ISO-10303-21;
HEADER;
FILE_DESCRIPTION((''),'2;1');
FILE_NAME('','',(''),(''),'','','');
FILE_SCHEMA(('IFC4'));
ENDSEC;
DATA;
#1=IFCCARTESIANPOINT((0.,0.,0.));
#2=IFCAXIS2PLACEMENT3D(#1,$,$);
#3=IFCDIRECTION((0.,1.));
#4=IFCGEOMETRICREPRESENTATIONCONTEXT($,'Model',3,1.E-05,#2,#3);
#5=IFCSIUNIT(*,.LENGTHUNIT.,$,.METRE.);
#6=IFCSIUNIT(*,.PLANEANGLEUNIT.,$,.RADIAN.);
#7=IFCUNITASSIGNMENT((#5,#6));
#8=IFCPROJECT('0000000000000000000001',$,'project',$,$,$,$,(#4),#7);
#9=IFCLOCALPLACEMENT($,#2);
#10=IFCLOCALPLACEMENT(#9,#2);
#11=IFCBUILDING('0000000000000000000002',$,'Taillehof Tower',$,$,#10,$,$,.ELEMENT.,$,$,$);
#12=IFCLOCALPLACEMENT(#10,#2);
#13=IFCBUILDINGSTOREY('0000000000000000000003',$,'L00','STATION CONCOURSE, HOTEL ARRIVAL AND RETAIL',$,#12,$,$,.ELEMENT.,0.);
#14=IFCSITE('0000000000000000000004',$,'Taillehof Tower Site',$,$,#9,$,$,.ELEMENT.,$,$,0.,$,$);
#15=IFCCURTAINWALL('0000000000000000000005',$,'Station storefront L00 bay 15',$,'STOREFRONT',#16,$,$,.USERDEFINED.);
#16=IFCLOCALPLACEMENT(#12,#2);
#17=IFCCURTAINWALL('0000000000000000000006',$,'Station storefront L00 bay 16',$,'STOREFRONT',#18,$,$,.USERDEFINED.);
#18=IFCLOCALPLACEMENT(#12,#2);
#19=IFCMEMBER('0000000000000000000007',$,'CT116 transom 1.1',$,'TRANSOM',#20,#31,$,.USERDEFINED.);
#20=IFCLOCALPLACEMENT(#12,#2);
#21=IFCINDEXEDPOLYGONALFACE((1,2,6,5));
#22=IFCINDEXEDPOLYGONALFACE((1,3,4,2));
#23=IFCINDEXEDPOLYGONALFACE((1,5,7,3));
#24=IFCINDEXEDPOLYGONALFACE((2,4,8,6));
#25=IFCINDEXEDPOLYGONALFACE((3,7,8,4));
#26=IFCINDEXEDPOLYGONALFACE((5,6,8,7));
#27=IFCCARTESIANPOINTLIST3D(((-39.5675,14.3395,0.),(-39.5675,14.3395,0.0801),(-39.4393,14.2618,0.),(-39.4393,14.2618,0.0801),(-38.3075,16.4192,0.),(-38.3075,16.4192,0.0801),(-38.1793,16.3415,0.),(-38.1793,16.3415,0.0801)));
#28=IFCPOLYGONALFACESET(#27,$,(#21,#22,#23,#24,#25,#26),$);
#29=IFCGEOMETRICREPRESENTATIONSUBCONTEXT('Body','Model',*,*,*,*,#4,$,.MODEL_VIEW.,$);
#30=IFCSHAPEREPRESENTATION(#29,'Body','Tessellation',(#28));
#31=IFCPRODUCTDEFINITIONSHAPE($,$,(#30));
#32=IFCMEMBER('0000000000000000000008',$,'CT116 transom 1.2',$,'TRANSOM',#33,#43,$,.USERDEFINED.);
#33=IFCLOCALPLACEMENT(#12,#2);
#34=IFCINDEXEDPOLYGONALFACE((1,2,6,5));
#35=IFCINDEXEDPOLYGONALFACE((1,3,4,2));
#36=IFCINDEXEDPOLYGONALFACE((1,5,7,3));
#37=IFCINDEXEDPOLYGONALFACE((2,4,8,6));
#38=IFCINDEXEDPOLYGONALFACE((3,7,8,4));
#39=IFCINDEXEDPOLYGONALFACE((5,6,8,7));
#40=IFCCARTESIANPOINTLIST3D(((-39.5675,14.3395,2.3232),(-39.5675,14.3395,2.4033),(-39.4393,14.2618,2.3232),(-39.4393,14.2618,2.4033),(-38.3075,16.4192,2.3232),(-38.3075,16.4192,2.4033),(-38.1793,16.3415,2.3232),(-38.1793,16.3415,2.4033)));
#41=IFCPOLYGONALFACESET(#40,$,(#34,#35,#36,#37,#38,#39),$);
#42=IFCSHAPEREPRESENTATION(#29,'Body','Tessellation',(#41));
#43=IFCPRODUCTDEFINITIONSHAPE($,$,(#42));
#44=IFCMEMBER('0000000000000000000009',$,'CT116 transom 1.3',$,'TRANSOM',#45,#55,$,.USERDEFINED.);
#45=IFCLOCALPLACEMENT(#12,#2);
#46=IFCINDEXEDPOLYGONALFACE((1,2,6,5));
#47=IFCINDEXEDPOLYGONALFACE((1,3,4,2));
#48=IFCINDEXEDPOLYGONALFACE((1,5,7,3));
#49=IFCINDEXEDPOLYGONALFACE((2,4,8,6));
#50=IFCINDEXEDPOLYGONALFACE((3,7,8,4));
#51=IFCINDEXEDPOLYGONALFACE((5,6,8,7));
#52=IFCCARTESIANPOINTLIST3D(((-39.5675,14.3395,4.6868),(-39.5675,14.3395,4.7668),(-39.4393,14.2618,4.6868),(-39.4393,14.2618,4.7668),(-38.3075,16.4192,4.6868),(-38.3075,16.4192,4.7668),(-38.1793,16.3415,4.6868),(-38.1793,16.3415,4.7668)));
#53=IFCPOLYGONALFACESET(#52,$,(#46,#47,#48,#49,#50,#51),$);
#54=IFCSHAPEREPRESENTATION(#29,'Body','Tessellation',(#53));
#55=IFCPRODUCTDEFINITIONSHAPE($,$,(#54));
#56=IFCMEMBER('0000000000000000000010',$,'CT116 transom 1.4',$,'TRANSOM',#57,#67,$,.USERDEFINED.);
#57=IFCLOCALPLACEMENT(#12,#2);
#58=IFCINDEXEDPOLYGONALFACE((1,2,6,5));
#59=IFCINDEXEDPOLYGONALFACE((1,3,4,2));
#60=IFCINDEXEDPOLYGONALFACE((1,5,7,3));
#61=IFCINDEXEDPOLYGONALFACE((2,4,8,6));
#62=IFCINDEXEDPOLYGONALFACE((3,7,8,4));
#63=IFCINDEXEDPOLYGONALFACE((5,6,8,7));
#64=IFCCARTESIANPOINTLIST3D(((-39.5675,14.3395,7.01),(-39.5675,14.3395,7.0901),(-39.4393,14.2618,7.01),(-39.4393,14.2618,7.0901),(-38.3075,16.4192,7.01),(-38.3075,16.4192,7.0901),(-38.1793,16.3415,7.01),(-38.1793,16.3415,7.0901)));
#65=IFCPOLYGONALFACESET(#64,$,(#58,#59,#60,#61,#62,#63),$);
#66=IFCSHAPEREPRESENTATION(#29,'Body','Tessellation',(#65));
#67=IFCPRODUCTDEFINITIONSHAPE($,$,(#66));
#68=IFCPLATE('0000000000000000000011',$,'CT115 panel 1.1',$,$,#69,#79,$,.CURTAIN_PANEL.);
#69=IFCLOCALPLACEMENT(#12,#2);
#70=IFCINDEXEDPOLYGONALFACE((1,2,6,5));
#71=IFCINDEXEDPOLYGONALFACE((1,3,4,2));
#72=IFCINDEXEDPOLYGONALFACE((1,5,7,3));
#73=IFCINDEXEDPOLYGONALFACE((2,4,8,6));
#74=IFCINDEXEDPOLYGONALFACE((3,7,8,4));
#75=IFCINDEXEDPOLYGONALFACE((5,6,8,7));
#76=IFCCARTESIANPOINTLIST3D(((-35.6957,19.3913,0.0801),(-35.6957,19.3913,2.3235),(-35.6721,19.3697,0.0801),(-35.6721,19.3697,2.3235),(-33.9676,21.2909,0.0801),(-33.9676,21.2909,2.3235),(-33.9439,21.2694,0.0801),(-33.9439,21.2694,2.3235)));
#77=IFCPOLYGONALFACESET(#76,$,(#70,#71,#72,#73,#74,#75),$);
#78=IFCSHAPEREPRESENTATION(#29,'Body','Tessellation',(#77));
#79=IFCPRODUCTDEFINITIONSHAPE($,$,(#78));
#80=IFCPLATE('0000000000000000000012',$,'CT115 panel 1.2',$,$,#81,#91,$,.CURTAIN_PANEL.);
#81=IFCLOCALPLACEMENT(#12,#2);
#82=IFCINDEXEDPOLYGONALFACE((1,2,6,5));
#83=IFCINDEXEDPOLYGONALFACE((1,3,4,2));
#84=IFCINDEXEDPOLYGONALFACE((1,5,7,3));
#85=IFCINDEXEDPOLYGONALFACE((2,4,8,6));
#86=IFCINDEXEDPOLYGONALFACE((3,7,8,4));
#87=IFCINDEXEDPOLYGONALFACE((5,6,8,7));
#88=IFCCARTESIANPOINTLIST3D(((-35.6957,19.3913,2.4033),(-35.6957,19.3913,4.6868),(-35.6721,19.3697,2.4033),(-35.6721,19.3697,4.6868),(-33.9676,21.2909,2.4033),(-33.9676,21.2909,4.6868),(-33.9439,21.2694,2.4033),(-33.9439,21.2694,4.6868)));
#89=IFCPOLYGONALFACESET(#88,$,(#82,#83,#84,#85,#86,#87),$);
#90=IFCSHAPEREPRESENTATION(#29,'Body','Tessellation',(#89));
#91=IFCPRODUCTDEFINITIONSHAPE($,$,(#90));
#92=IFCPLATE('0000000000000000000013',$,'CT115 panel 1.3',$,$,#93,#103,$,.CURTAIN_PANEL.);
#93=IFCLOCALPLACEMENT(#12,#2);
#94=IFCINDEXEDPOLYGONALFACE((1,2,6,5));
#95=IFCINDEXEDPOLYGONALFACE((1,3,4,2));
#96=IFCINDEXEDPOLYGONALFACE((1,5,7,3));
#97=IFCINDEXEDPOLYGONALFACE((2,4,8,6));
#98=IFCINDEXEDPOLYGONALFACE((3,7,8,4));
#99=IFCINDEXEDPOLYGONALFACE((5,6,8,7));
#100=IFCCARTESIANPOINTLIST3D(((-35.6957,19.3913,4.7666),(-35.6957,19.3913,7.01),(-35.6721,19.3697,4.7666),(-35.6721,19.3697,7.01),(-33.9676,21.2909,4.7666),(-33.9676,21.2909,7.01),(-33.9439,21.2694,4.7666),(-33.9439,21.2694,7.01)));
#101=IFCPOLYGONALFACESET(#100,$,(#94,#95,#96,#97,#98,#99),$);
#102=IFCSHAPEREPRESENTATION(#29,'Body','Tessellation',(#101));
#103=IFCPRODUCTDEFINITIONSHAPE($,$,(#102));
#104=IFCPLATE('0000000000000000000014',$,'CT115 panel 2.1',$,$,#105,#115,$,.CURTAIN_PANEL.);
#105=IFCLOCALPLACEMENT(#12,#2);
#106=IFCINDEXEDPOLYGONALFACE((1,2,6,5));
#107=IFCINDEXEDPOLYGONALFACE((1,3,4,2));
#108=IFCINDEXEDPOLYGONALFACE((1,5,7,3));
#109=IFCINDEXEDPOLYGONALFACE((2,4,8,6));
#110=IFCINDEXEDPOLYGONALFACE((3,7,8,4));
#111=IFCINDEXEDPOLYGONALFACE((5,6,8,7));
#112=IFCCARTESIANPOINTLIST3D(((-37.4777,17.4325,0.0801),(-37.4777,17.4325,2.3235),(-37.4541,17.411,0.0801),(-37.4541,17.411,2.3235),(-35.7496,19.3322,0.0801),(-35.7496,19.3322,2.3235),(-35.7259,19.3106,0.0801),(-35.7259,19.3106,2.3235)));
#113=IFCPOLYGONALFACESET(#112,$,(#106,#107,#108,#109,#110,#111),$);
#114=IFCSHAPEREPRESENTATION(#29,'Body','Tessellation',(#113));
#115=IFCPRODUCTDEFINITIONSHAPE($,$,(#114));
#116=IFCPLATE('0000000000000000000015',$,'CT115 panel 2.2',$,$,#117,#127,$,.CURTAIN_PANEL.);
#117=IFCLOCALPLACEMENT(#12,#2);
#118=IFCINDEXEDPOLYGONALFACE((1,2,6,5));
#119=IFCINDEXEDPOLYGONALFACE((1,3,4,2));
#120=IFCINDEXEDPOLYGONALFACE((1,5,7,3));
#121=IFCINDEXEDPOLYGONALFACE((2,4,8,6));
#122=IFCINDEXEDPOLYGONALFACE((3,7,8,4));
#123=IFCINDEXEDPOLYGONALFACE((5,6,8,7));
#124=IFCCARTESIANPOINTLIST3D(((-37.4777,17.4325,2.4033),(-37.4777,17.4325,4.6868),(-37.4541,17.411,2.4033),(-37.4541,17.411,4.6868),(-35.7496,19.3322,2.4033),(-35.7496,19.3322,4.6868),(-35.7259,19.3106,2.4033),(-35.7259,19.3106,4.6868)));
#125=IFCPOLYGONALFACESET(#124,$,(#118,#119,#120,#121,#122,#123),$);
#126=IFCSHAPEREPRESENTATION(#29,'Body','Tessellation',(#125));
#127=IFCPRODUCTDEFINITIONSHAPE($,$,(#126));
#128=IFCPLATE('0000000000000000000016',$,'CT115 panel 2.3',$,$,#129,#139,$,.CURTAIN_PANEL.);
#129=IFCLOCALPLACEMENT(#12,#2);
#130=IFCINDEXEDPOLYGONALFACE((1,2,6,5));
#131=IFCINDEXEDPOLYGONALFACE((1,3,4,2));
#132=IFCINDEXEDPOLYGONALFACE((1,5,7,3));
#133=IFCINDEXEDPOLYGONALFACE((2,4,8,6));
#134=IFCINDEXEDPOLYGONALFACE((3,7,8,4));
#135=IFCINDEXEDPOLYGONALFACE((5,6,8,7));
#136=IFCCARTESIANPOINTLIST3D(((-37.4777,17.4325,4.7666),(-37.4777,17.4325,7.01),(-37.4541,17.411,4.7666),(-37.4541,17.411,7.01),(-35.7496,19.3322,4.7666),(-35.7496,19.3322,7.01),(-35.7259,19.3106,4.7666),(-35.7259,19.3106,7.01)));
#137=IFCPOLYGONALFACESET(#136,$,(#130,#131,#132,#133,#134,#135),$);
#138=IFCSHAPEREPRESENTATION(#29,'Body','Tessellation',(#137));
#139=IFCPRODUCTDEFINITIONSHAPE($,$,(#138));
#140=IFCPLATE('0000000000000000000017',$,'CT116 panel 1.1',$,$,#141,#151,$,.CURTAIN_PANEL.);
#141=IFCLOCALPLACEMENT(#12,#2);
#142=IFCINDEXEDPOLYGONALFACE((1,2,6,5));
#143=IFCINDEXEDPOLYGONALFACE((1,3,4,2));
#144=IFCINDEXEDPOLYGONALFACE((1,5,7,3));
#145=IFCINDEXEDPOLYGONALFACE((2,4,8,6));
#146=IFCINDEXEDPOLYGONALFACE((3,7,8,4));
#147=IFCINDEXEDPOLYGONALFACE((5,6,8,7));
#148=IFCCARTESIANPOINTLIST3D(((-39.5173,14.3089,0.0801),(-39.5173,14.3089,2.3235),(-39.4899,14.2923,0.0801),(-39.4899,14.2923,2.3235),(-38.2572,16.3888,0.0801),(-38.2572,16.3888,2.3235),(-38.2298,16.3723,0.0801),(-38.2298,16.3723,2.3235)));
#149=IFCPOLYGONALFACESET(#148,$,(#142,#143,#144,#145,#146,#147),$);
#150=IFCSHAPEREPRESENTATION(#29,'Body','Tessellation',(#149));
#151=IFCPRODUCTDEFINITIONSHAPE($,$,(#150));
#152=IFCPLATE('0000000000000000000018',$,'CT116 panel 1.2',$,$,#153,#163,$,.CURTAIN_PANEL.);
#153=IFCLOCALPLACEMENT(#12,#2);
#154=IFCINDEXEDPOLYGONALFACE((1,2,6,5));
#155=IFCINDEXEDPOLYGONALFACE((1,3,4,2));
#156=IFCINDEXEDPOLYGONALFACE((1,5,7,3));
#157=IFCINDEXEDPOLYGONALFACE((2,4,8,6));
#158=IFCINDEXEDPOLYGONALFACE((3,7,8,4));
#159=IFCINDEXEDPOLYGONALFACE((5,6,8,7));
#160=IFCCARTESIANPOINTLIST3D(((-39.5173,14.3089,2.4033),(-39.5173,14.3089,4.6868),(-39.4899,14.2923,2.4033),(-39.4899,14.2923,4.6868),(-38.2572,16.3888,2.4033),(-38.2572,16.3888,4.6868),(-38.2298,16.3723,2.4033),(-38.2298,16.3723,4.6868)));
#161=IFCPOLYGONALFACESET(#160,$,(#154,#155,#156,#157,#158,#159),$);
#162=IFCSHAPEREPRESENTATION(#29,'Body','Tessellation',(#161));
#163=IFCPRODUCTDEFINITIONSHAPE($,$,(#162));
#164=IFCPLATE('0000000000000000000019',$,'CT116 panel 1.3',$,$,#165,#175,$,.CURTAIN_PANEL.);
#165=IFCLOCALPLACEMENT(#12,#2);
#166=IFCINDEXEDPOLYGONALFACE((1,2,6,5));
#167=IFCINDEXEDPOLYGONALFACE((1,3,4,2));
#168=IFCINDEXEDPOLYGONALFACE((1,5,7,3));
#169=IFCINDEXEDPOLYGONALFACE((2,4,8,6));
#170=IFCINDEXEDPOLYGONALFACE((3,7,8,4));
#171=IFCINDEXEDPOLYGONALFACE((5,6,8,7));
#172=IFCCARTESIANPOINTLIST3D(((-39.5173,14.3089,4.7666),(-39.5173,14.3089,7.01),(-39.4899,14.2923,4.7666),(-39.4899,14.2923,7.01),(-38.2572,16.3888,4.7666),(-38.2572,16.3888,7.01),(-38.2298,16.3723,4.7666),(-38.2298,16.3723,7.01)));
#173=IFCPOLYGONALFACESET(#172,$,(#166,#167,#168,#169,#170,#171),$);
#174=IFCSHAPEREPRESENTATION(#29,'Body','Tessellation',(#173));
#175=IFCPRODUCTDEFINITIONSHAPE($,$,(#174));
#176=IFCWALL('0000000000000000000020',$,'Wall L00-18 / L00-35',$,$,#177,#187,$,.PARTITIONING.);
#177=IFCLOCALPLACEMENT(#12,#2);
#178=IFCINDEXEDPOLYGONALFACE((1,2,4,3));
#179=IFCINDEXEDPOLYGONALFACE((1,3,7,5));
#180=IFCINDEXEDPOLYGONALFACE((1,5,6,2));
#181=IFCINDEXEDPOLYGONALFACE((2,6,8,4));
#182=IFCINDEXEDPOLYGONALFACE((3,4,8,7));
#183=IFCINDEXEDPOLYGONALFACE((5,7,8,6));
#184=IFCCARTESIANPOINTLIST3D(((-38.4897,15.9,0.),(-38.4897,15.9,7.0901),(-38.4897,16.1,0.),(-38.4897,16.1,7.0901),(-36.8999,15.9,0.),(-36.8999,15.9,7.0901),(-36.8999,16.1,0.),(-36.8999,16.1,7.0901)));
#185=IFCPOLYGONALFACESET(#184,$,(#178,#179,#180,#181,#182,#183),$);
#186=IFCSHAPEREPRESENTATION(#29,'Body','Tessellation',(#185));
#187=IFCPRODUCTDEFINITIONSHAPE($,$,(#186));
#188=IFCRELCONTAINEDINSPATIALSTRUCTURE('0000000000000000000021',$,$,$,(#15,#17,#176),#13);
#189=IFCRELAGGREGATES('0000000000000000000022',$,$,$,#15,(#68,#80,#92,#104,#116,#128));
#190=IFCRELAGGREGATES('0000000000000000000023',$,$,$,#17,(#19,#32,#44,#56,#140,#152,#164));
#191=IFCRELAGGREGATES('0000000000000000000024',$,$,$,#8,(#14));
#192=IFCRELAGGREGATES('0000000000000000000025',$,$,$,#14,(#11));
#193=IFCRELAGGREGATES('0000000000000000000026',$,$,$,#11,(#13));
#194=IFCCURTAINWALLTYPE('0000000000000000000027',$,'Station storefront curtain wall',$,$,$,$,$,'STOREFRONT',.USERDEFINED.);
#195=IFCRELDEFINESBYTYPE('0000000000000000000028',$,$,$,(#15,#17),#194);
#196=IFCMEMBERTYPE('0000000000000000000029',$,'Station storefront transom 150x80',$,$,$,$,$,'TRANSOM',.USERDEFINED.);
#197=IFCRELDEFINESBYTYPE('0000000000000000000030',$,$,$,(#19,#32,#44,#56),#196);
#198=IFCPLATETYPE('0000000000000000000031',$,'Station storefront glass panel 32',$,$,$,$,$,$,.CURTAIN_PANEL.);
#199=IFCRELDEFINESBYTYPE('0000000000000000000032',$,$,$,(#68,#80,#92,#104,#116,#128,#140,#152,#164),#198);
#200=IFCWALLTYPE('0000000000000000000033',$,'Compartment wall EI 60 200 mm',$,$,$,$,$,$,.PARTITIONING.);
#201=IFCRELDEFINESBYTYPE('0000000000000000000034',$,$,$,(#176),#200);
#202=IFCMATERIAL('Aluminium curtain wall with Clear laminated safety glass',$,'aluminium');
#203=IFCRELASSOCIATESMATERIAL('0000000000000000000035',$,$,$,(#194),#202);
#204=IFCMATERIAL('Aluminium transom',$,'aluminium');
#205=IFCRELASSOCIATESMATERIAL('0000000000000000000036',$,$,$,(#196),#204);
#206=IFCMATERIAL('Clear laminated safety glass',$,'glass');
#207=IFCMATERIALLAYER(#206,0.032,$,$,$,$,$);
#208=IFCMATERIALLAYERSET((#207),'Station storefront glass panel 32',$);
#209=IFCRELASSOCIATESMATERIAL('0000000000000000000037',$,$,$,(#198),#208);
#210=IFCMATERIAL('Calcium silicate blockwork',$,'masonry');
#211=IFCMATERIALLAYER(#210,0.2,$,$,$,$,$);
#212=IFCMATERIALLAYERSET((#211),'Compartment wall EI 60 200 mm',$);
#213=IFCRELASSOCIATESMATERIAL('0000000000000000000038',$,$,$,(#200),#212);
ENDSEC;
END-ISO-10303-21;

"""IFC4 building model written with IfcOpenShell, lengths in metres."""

from ifc_helpers import new_model, si_unit, direction, frame, frame_2d, origin, origin_2d, place, context, subcontext, project, spatial, rectangle, extrude, material, layer, layer_set, material_profile, profile_set, type_object, element, aggregate, save


model = new_model("IFC4")

# Units and contexts
model_context = context("Model", 3, precision=1e-05, world=origin(), true_north=direction((0.0, 1.0)))
body_context = subcontext(model_context, "Body", "Model", "MODEL_VIEW")
ifc_project = project(units=[si_unit("LENGTHUNIT", "METRE"), si_unit("PLANEANGLEUNIT", "RADIAN")], contexts=[model_context])

# Site, building, storey
site_placement = place(None, origin())
site = spatial("IfcSite", under=ifc_project, at=site_placement, Name="Taillehof Tower Site", CompositionType="ELEMENT", RefElevation=0.0)
building_placement = place(site_placement, origin())
building = spatial("IfcBuilding", under=site, at=building_placement, Name="Taillehof Tower", CompositionType="ELEMENT")
storey_placement = place(building_placement, origin())
storey = spatial("IfcBuildingStorey", under=building, at=storey_placement, Name="L00", Description="STATION CONCOURSE, HOTEL ARRIVAL AND RETAIL", CompositionType="ELEMENT", Elevation=0.0)

# Curtain wall
ifc_material_1 = material(Name="Aluminium curtain wall with Clear laminated safety glass", Category="aluminium")
curtain_wall_type = type_object("IfcCurtainWallType", Name="Station storefront curtain wall", ElementType="STOREFRONT", PredefinedType="USERDEFINED", material=ifc_material_1)
curtain_wall_1_placement = place(storey_placement, origin())
curtain_wall_1 = element("IfcCurtainWall", 1, at=curtain_wall_1_placement, inside=storey, type_object=curtain_wall_type, Name="Station storefront L00 bay 15", ObjectType="STOREFRONT", PredefinedType="USERDEFINED")

# Curtain wall
curtain_wall_2_placement = place(storey_placement, origin())
curtain_wall_2 = element("IfcCurtainWall", 2, at=curtain_wall_2_placement, inside=storey, type_object=curtain_wall_type, Name="Station storefront L00 bay 16", ObjectType="STOREFRONT", PredefinedType="USERDEFINED")

# Members
ifc_material_2 = material(Name="Aluminium transom", Category="aluminium")
ifc_material_profile_1 = material_profile(ifc_material_2, rectangle(XDim=0.1499, YDim=0.0801, at=origin_2d()), Name="AL 150x80")
ifc_profile_set_1 = profile_set([ifc_material_profile_1], Name="Aluminium transom")
member_type_1 = type_object("IfcMemberType", Name="Station storefront transom 150x80", ElementType="TRANSOM", PredefinedType="USERDEFINED", material=ifc_profile_set_1)
member_1_placement = place(storey_placement, frame((-38.2434, 16.3804, 0.04), z_axis=(-0.518153, -0.855288, 0.0), x_axis=(0.855288, -0.518153, 0.0)))
member_1 = element("IfcMember", 3, at=member_1_placement, type_object=member_type_1, Name="CT116 transom 1.1", ObjectType="TRANSOM", PredefinedType="USERDEFINED", context=body_context, shape_type="SweptSolid", body=[
    extrude(rectangle(XDim=0.1499, YDim=0.0801, at=origin_2d()), origin(), (0.0, 0.0, 1.0), 2.4316),
])
member_2_placement = place(storey_placement, frame((-38.2434, 16.3804, 2.3633), z_axis=(-0.518153, -0.855288, 0.0), x_axis=(0.855288, -0.518153, 0.0)))
member_2 = element("IfcMember", 4, at=member_2_placement, type_object=member_type_1, Name="CT116 transom 1.2", ObjectType="TRANSOM", PredefinedType="USERDEFINED", context=body_context, shape_type="SweptSolid", body=[
    extrude(rectangle(XDim=0.1499, YDim=0.0801, at=origin_2d()), origin(), (0.0, 0.0, 1.0), 2.4316),
])
member_3_placement = place(storey_placement, frame((-38.2434, 16.3804, 4.7268), z_axis=(-0.518153, -0.855288, 0.0), x_axis=(0.855288, -0.518153, 0.0)))
member_3 = element("IfcMember", 5, at=member_3_placement, type_object=member_type_1, Name="CT116 transom 1.3", ObjectType="TRANSOM", PredefinedType="USERDEFINED", context=body_context, shape_type="SweptSolid", body=[
    extrude(rectangle(XDim=0.1499, YDim=0.0801, at=origin_2d()), origin(), (0.0, 0.0, 1.0), 2.4316),
])
member_4_placement = place(storey_placement, frame((-38.2434, 16.3804, 7.05), z_axis=(-0.518153, -0.855288, 0.0), x_axis=(0.855288, -0.518153, 0.0)))
member_4 = element("IfcMember", 6, at=member_4_placement, type_object=member_type_1, Name="CT116 transom 1.4", ObjectType="TRANSOM", PredefinedType="USERDEFINED", context=body_context, shape_type="SweptSolid", body=[
    extrude(rectangle(XDim=0.1499, YDim=0.0801, at=origin_2d()), origin(), (0.0, 0.0, 1.0), 2.4316),
])

# Plates
ifc_material_3 = material(Name="Clear laminated safety glass", Category="glass")
ifc_layer_1 = layer(ifc_material_3, 0.032)
ifc_layer_set_1 = layer_set([ifc_layer_1], Name="Station storefront glass panel 32")
plate_type = type_object("IfcPlateType", Name="Station storefront glass panel 32", PredefinedType="CURTAIN_PANEL", material=ifc_layer_set_1)
plate_1_placement = place(storey_placement, frame((-34.8198, 20.3303, 0.0801), z_axis=(0.0, 0.0, 1.0), x_axis=(-0.672929, -0.739707, 0.0)))
plate_1 = element("IfcPlate", 7, at=plate_1_placement, type_object=plate_type, Name="CT115 panel 1.1", PredefinedType="CURTAIN_PANEL", context=body_context, shape_type="SweptSolid", body=[
    extrude(rectangle(XDim=2.5681, YDim=0.032, at=origin_2d()), origin(), (0.0, 0.0, 1.0), 2.2434),
])
plate_2_placement = place(storey_placement, frame((-34.8198, 20.3303, 2.4033), z_axis=(0.0, 0.0, 1.0), x_axis=(-0.672929, -0.739707, 0.0)))
plate_2 = element("IfcPlate", 8, at=plate_2_placement, type_object=plate_type, Name="CT115 panel 1.2", PredefinedType="CURTAIN_PANEL", context=body_context, shape_type="SweptSolid", body=[
    extrude(rectangle(XDim=2.5681, YDim=0.032, at=origin_2d()), origin(), (0.0, 0.0, 1.0), 2.2834),
])
plate_3_placement = place(storey_placement, frame((-34.8198, 20.3303, 4.7666), z_axis=(0.0, 0.0, 1.0), x_axis=(-0.672929, -0.739707, 0.0)))
plate_3 = element("IfcPlate", 9, at=plate_3_placement, type_object=plate_type, Name="CT115 panel 1.3", PredefinedType="CURTAIN_PANEL", context=body_context, shape_type="SweptSolid", body=[
    extrude(rectangle(XDim=2.5681, YDim=0.032, at=origin_2d()), origin(), (0.0, 0.0, 1.0), 2.2434),
])
plate_4_placement = place(storey_placement, frame((-36.6018, 18.3716, 0.0801), z_axis=(0.0, 0.0, 1.0), x_axis=(-0.672929, -0.739707, 0.0)))
plate_4 = element("IfcPlate", 10, at=plate_4_placement, type_object=plate_type, Name="CT115 panel 2.1", PredefinedType="CURTAIN_PANEL", context=body_context, shape_type="SweptSolid", body=[
    extrude(rectangle(XDim=2.5681, YDim=0.032, at=origin_2d()), origin(), (0.0, 0.0, 1.0), 2.2434),
])
plate_5_placement = place(storey_placement, frame((-36.6018, 18.3716, 2.4033), z_axis=(0.0, 0.0, 1.0), x_axis=(-0.672929, -0.739707, 0.0)))
plate_5 = element("IfcPlate", 11, at=plate_5_placement, type_object=plate_type, Name="CT115 panel 2.2", PredefinedType="CURTAIN_PANEL", context=body_context, shape_type="SweptSolid", body=[
    extrude(rectangle(XDim=2.5681, YDim=0.032, at=origin_2d()), origin(), (0.0, 0.0, 1.0), 2.2834),
])
plate_6_placement = place(storey_placement, frame((-36.6018, 18.3716, 4.7666), z_axis=(0.0, 0.0, 1.0), x_axis=(-0.672929, -0.739707, 0.0)))
plate_6 = element("IfcPlate", 12, at=plate_6_placement, type_object=plate_type, Name="CT115 panel 2.3", PredefinedType="CURTAIN_PANEL", context=body_context, shape_type="SweptSolid", body=[
    extrude(rectangle(XDim=2.5681, YDim=0.032, at=origin_2d()), origin(), (0.0, 0.0, 1.0), 2.2434),
])
aggregate(curtain_wall_1, [plate_1, plate_2, plate_3, plate_4, plate_5, plate_6])
plate_7_placement = place(storey_placement, frame((-38.8735, 15.3406, 0.0801), z_axis=(0.0, 0.0, 1.0), x_axis=(-0.518151, -0.855289, 0.0)))
plate_7 = element("IfcPlate", 13, at=plate_7_placement, type_object=plate_type, Name="CT116 panel 1.1", PredefinedType="CURTAIN_PANEL", context=body_context, shape_type="SweptSolid", body=[
    extrude(rectangle(XDim=2.4319, YDim=0.032, at=origin_2d()), origin(), (0.0, 0.0, 1.0), 2.2434),
])
plate_8_placement = place(storey_placement, frame((-38.8735, 15.3406, 2.4033), z_axis=(0.0, 0.0, 1.0), x_axis=(-0.518151, -0.855289, 0.0)))
plate_8 = element("IfcPlate", 14, at=plate_8_placement, type_object=plate_type, Name="CT116 panel 1.2", PredefinedType="CURTAIN_PANEL", context=body_context, shape_type="SweptSolid", body=[
    extrude(rectangle(XDim=2.4319, YDim=0.032, at=origin_2d()), origin(), (0.0, 0.0, 1.0), 2.2834),
])
plate_9_placement = place(storey_placement, frame((-38.8735, 15.3406, 4.7666), z_axis=(0.0, 0.0, 1.0), x_axis=(-0.518151, -0.855289, 0.0)))
plate_9 = element("IfcPlate", 15, at=plate_9_placement, type_object=plate_type, Name="CT116 panel 1.3", PredefinedType="CURTAIN_PANEL", context=body_context, shape_type="SweptSolid", body=[
    extrude(rectangle(XDim=2.4319, YDim=0.032, at=origin_2d()), origin(), (0.0, 0.0, 1.0), 2.2434),
])
aggregate(curtain_wall_2, [member_1, member_2, member_3, member_4, plate_7, plate_8, plate_9])

# Wall
ifc_material_4 = material(Name="Calcium silicate blockwork", Category="masonry")
ifc_layer_2 = layer(ifc_material_4, 0.2)
ifc_layer_set_2 = layer_set([ifc_layer_2], Name="Compartment wall EI 60 200 mm")
wall_type_1 = type_object("IfcWallType", Name="Compartment wall EI 60 200 mm", PredefinedType="PARTITIONING", material=ifc_layer_set_2)
wall_1_placement = place(storey_placement, frame((-38.4897, 16.0, 0.0), z_axis=(0.0, 0.0, 1.0), x_axis=(1.0, 0.0, 0.0)))
element("IfcWall", 16, at=wall_1_placement, inside=storey, type_object=wall_type_1, Name="Wall L00-18 / L00-35", PredefinedType="PARTITIONING", context=body_context, shape_type="SweptSolid", body=[
    extrude(rectangle(XDim=1.5898, YDim=0.2, at=frame_2d((0.7949, 0.0))), origin(), (0.0, 0.0, 1.0), 7.0901),
])

save(model, "model.ifc")
